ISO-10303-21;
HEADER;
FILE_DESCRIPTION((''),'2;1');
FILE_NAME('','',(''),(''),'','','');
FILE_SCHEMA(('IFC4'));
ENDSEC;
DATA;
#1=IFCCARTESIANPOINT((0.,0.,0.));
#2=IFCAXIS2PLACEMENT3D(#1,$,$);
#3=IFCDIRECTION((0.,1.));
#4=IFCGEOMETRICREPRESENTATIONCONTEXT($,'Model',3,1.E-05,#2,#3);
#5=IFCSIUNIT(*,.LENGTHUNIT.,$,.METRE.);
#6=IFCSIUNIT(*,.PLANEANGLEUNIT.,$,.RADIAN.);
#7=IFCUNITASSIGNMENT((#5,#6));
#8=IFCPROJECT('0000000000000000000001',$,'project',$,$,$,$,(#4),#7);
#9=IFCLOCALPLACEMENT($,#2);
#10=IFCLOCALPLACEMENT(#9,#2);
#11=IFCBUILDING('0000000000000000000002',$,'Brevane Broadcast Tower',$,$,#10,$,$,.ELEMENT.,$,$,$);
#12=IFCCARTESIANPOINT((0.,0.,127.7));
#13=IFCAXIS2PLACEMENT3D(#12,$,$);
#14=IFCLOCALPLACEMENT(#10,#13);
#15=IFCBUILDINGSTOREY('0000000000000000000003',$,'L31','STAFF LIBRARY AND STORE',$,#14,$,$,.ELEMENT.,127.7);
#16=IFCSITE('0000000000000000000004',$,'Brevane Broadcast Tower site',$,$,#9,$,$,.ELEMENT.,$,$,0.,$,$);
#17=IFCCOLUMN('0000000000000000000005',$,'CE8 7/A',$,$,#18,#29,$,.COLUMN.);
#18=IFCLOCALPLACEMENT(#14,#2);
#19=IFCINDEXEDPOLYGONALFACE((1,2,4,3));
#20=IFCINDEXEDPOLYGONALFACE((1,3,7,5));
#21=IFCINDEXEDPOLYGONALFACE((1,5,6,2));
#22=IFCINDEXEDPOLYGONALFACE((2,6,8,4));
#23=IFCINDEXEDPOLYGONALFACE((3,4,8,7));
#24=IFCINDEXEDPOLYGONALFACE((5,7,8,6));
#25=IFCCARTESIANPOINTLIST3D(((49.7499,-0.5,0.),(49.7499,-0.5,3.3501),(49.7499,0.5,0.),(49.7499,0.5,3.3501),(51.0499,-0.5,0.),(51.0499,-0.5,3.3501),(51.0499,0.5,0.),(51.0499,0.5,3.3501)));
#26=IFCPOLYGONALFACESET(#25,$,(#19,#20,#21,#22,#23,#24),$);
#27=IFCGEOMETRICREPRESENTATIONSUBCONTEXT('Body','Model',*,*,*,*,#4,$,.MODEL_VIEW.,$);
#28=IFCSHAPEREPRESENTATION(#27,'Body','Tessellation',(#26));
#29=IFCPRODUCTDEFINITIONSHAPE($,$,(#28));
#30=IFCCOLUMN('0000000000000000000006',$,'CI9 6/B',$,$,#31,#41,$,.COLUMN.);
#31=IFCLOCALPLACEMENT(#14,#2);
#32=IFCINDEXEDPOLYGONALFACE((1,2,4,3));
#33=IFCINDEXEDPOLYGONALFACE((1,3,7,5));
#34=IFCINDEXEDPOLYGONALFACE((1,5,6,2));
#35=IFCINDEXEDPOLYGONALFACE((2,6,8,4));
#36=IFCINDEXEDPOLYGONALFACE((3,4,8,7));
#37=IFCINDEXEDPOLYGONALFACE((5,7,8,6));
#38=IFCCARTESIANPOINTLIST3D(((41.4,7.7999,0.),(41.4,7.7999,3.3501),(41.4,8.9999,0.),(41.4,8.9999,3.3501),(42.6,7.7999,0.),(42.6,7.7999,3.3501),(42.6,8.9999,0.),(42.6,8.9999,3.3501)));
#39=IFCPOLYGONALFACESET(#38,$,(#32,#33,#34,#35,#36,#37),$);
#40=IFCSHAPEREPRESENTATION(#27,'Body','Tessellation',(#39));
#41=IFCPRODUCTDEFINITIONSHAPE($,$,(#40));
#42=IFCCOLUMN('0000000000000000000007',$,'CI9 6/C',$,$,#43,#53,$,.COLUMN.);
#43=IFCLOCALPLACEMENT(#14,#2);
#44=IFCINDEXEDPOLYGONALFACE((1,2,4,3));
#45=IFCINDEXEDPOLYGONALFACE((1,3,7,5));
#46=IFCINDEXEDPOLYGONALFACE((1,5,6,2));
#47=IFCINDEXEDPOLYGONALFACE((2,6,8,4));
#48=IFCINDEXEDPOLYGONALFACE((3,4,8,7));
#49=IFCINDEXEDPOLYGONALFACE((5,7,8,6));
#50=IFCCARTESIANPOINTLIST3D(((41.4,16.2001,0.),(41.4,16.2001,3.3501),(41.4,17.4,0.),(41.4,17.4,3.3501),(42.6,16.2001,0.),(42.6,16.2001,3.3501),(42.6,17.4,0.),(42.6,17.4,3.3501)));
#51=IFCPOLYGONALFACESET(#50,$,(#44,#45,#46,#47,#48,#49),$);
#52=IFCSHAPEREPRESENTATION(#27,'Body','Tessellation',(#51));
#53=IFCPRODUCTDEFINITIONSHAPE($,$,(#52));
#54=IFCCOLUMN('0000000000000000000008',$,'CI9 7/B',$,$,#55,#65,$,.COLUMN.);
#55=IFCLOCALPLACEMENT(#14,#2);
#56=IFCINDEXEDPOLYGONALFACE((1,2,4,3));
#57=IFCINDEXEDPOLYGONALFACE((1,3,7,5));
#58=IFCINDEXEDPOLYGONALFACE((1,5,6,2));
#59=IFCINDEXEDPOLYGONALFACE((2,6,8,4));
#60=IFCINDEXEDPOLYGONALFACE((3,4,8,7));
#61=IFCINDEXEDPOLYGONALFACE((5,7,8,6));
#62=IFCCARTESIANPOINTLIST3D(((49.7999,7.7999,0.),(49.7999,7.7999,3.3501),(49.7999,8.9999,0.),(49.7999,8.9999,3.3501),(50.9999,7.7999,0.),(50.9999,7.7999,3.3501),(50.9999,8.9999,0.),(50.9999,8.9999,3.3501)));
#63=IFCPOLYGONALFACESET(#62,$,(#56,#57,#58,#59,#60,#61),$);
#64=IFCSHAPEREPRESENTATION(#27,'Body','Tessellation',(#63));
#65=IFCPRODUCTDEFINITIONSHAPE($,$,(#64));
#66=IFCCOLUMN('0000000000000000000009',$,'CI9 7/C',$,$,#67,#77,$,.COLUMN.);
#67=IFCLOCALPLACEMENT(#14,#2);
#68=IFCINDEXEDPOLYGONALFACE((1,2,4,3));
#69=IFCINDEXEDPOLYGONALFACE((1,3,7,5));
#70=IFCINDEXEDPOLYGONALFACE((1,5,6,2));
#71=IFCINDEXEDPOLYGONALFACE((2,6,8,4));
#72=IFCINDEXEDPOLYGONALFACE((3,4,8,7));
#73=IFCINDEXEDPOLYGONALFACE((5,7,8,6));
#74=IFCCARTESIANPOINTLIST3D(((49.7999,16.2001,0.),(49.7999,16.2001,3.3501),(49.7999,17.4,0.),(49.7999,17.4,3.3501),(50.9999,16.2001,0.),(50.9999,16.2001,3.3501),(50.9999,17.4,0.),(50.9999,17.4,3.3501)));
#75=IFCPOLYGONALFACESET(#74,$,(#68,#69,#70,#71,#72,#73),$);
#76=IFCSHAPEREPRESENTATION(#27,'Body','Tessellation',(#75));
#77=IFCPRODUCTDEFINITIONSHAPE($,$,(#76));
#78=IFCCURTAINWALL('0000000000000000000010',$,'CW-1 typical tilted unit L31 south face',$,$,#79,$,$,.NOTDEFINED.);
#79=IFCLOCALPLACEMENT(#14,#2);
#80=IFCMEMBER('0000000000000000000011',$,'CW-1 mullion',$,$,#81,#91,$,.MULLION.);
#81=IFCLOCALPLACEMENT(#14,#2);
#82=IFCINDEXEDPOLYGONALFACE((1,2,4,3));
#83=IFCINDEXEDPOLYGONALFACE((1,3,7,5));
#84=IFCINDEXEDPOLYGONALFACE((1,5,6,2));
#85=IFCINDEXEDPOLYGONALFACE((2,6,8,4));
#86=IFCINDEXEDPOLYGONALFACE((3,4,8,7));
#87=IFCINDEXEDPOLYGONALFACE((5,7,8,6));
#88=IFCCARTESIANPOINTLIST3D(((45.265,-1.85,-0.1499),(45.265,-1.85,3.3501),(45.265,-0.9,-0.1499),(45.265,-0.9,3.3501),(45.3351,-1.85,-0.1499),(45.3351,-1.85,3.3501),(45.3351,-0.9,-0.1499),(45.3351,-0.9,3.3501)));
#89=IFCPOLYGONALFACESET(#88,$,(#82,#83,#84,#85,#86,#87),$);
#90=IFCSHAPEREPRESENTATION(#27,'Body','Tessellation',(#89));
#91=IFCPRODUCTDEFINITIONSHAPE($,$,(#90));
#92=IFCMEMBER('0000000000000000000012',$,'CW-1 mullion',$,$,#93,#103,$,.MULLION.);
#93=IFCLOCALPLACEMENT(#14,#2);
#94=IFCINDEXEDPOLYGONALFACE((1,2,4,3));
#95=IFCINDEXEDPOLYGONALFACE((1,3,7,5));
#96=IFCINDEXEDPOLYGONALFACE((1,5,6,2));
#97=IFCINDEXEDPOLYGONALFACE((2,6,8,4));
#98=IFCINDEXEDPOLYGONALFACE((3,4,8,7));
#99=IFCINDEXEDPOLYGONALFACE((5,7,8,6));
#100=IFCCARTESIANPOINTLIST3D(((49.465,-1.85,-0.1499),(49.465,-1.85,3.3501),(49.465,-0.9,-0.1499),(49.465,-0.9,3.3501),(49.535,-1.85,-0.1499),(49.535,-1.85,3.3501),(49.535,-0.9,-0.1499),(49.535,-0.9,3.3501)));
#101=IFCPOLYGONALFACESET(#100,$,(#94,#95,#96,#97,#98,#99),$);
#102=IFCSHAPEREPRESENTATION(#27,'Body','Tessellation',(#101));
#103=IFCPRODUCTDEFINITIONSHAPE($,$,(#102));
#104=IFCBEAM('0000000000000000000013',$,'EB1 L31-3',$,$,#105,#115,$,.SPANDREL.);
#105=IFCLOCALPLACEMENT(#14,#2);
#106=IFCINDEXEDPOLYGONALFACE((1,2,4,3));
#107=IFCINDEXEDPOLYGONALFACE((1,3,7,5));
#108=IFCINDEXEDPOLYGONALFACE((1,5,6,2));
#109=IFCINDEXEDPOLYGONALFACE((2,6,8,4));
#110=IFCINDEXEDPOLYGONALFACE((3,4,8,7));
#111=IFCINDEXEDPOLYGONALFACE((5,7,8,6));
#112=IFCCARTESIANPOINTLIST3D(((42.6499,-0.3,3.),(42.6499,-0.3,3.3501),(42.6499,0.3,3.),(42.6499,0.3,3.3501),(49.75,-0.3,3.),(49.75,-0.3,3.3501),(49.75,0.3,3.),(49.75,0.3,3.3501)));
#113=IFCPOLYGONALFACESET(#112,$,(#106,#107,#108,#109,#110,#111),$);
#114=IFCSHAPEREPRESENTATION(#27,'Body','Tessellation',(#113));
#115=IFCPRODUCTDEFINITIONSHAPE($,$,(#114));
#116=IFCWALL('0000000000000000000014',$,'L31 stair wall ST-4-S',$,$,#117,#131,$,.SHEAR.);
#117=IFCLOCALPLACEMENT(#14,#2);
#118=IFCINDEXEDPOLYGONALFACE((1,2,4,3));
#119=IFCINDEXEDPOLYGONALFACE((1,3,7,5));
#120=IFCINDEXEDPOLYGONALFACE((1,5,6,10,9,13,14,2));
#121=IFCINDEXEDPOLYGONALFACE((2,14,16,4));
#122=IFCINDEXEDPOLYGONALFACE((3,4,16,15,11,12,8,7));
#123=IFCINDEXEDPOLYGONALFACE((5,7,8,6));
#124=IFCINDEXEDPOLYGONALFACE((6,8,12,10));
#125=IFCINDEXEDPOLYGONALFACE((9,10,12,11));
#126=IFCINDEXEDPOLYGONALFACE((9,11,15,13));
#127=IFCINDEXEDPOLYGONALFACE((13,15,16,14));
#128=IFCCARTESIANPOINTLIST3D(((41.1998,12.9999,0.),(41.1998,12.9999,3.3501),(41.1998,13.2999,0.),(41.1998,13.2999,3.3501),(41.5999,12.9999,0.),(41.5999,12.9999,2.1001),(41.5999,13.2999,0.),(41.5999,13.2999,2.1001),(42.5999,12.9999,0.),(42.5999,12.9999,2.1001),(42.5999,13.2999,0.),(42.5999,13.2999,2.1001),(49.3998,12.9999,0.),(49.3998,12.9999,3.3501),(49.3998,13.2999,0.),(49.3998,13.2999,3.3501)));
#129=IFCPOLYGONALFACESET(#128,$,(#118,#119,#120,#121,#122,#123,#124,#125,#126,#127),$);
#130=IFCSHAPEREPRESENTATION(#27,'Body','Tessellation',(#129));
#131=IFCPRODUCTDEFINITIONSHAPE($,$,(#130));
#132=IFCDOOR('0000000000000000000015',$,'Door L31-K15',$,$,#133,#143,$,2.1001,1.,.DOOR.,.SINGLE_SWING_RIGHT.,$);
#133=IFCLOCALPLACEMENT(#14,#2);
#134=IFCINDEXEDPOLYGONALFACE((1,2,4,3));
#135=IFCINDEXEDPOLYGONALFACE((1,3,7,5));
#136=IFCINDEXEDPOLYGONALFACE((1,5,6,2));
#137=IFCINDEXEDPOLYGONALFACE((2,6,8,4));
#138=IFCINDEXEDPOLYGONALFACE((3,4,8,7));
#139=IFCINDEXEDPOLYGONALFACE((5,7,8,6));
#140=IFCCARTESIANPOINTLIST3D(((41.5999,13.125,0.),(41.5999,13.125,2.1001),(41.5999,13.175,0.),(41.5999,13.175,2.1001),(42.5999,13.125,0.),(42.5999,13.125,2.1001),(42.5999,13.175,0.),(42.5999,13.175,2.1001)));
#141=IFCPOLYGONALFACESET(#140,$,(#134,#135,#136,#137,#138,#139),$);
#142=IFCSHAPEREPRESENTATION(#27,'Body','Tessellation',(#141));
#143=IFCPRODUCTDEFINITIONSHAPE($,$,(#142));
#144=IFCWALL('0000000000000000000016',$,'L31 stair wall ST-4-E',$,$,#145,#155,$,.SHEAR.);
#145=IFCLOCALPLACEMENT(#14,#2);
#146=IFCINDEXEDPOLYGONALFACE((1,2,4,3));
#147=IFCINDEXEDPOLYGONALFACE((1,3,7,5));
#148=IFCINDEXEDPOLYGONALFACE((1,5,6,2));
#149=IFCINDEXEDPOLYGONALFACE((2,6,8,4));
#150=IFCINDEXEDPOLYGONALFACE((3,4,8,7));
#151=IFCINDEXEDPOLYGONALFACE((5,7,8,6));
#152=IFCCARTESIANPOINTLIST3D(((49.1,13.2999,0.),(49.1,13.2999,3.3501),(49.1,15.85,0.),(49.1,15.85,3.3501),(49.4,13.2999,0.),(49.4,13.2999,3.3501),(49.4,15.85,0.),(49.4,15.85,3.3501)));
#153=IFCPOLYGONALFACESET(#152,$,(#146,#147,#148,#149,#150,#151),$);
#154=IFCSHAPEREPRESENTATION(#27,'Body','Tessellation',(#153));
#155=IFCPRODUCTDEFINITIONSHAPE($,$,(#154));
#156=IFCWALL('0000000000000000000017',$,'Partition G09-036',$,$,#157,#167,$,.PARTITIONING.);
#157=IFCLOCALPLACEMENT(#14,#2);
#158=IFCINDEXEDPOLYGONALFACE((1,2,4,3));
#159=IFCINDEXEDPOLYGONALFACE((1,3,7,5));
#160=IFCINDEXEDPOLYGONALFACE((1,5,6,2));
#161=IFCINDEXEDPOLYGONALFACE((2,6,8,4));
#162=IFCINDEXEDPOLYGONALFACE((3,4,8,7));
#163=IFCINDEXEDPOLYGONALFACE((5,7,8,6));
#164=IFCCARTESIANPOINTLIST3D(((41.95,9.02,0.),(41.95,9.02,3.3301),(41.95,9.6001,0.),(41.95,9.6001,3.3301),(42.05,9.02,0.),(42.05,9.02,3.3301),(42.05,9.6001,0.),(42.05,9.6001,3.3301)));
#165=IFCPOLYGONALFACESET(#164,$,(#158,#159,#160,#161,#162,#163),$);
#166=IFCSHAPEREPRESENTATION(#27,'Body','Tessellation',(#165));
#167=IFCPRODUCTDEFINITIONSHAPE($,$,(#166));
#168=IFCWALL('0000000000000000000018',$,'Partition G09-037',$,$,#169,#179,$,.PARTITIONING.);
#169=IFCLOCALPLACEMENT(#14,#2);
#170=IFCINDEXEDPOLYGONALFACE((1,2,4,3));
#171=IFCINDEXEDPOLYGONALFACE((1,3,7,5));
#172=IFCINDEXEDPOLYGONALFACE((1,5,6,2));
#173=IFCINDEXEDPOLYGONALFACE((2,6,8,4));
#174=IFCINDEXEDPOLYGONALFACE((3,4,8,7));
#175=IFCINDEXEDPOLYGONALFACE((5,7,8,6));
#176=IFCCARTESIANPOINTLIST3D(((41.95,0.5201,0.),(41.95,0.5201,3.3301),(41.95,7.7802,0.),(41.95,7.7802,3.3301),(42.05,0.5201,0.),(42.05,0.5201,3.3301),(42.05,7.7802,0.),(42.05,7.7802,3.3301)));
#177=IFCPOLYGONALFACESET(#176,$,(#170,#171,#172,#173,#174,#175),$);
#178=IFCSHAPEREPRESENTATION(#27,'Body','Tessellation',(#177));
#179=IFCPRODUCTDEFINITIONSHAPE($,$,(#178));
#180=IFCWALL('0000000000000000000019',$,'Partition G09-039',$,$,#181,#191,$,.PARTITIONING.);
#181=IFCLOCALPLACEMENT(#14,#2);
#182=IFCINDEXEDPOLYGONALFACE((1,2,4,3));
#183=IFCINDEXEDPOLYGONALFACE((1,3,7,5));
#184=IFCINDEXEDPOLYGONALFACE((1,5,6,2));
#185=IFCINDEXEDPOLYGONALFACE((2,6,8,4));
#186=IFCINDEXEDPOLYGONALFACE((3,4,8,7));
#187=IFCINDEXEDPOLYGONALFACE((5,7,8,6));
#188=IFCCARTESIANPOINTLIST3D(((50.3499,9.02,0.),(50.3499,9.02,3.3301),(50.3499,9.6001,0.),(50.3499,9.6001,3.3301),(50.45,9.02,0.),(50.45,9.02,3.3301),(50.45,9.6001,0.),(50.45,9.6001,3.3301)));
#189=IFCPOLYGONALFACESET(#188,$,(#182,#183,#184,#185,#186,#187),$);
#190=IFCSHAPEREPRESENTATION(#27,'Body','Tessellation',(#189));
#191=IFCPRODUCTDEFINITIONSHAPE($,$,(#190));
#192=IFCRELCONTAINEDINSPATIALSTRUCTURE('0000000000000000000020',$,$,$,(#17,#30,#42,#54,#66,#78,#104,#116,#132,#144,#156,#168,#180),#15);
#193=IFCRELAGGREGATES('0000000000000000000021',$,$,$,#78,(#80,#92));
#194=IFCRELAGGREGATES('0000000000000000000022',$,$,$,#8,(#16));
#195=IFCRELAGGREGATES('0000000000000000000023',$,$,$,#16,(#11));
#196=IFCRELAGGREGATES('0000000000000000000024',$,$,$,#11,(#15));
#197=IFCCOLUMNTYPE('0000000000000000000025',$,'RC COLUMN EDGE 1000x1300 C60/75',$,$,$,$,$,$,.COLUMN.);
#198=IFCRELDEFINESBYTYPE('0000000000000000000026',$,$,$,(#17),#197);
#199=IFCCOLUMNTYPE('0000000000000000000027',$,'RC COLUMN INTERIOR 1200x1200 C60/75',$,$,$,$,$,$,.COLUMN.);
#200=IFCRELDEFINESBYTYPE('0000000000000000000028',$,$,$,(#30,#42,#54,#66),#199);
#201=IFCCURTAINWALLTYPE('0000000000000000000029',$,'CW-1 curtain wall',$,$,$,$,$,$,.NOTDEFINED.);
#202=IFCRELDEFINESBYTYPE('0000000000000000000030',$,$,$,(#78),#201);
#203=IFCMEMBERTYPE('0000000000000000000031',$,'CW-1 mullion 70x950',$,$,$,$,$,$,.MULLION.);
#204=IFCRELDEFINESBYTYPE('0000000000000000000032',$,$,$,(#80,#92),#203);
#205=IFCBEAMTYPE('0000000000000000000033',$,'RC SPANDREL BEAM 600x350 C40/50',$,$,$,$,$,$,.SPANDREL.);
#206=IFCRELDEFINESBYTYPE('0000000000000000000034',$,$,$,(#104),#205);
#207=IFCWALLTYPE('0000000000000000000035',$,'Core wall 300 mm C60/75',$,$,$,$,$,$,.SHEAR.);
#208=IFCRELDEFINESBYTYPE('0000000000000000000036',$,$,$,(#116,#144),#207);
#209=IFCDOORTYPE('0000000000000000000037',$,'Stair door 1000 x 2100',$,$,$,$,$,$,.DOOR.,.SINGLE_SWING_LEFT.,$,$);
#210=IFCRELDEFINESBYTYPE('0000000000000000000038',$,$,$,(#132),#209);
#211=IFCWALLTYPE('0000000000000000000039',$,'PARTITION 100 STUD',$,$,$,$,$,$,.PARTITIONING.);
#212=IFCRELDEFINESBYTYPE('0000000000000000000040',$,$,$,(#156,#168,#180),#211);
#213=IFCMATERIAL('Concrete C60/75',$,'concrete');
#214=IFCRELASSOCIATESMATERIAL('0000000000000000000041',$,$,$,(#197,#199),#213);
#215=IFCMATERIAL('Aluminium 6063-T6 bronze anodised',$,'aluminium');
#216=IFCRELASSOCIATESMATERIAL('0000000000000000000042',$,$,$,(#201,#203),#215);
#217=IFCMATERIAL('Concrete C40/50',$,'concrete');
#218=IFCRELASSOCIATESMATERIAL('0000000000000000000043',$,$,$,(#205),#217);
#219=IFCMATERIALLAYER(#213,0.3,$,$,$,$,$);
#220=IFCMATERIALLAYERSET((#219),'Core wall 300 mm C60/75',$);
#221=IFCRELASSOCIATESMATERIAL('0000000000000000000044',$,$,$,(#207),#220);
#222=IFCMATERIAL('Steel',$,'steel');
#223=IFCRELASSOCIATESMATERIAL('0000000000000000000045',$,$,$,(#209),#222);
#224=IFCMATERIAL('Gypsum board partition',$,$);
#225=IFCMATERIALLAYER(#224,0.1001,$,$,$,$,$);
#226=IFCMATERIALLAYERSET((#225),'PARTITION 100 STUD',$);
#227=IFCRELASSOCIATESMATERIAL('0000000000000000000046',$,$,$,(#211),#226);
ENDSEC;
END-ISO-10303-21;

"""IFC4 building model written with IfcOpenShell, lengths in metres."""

from ifc_helpers import new_model, si_unit, direction, frame, frame_2d, origin, origin_2d, place, context, subcontext, project, spatial, rectangle, extrude, material, layer, layer_set, material_profile, profile_set, type_object, element, fill, aggregate, save


model = new_model("IFC4")

# Units and contexts
model_context = context("Model", 3, precision=1e-05, world=origin(), true_north=direction((0.0, 1.0)))
body_context = subcontext(model_context, "Body", "Model", "MODEL_VIEW")
ifc_project = project(units=[si_unit("LENGTHUNIT", "METRE"), si_unit("PLANEANGLEUNIT", "RADIAN")], contexts=[model_context])

# Site, building, storey
site_placement = place(None, origin())
site = spatial("IfcSite", under=ifc_project, at=site_placement, Name="Brevane Broadcast Tower site", CompositionType="ELEMENT", RefElevation=0.0)
building_placement = place(site_placement, origin())
building = spatial("IfcBuilding", under=site, at=building_placement, Name="Brevane Broadcast Tower", CompositionType="ELEMENT")
storey_placement = place(building_placement, frame((0.0, 0.0, 127.7)))
storey = spatial("IfcBuildingStorey", under=building, at=storey_placement, Name="L31", Description="STAFF LIBRARY AND STORE", CompositionType="ELEMENT", Elevation=127.7)

# Columns
ifc_material_1 = material(Name="Concrete C60/75", Category="concrete")
ifc_material_profile_1 = material_profile(ifc_material_1, rectangle(XDim=1.0, YDim=1.3, at=origin_2d()), Name="RC 1000x1300")
ifc_profile_set_1 = profile_set([ifc_material_profile_1], Name="Concrete C60/75")
column_type_1 = type_object("IfcColumnType", Name="RC COLUMN EDGE 1000x1300 C60/75", PredefinedType="COLUMN", material=ifc_profile_set_1)
column_placement = place(storey_placement, frame((50.3999, 0.0, 0.0), z_axis=(0.0, 0.0, 1.0), x_axis=(0.0, 1.0, 0.0)))
element("IfcColumn", 1, at=column_placement, inside=storey, type_object=column_type_1, Name="CE8 7/A", PredefinedType="COLUMN", context=body_context, shape_type="SweptSolid", body=[
    extrude(rectangle(XDim=1.0, YDim=1.3, at=origin_2d()), origin(), (0.0, 0.0, 1.0), 3.3501),
])
ifc_material_profile_2 = material_profile(ifc_material_1, rectangle(XDim=1.2, YDim=1.2, at=origin_2d()), Name="RC 1200x1200")
ifc_profile_set_2 = profile_set([ifc_material_profile_2], Name="Concrete C60/75")
column_type_2 = type_object("IfcColumnType", Name="RC COLUMN INTERIOR 1200x1200 C60/75", PredefinedType="COLUMN", material=ifc_profile_set_2)
for number, where, z_axis, x_axis, name in (
    (2, (42.0, 8.3999, 0.0), (0.0, 0.0, 1.0), (1.0, 0.0, 0.0), "CI9 6/B"),
    (3, (42.0, 16.8, 0.0), (0.0, 0.0, 1.0), (1.0, 0.0, 0.0), "CI9 6/C"),
    (4, (50.3999, 8.3999, 0.0), (0.0, 0.0, 1.0), (1.0, 0.0, 0.0), "CI9 7/B"),
    (5, (50.3999, 16.8, 0.0), (0.0, 0.0, 1.0), (1.0, 0.0, 0.0), "CI9 7/C"),
):
    element("IfcColumn", number, at=place(storey_placement, frame(where, z_axis=z_axis, x_axis=x_axis)), inside=storey, type_object=column_type_2, Name=name, PredefinedType="COLUMN", context=body_context, shape_type="SweptSolid", body=[
        extrude(rectangle(XDim=1.2, YDim=1.2, at=origin_2d()), origin(), (0.0, 0.0, 1.0), 3.3501),
    ])

# Curtain wall, members
ifc_material_2 = material(Name="Aluminium 6063-T6 bronze anodised", Category="aluminium")
curtain_wall_type = type_object("IfcCurtainWallType", Name="CW-1 curtain wall", PredefinedType="NOTDEFINED", material=ifc_material_2)
curtain_wall_placement = place(storey_placement, origin())
curtain_wall = element("IfcCurtainWall", 6, at=curtain_wall_placement, inside=storey, type_object=curtain_wall_type, Name="CW-1 typical tilted unit L31 south face", PredefinedType="NOTDEFINED")
ifc_material_profile_3 = material_profile(ifc_material_2, rectangle(XDim=0.95, YDim=0.0701, at=origin_2d()), Name="RECT 70x950")
ifc_profile_set_3 = profile_set([ifc_material_profile_3], Name="Aluminium 6063-T6 bronze anodised")
member_type = type_object("IfcMemberType", Name="CW-1 mullion 70x950", PredefinedType="MULLION", material=ifc_profile_set_3)
member_1_placement = place(storey_placement, frame((45.3, -1.375, -0.1499), z_axis=(0.0, 0.0, 1.0), x_axis=(0.0, 1.0, 0.0)))
member_1 = element("IfcMember", 7, at=member_1_placement, type_object=member_type, Name="CW-1 mullion", PredefinedType="MULLION", context=body_context, shape_type="SweptSolid", body=[
    extrude(rectangle(XDim=0.95, YDim=0.0701, at=origin_2d()), origin(), (0.0, 0.0, 1.0), 3.5),
])
member_2_placement = place(storey_placement, frame((49.5, -1.375, -0.1499), z_axis=(0.0, 0.0, 1.0), x_axis=(0.0, 1.0, 0.0)))
member_2 = element("IfcMember", 8, at=member_2_placement, type_object=member_type, Name="CW-1 mullion", PredefinedType="MULLION", context=body_context, shape_type="SweptSolid", body=[
    extrude(rectangle(XDim=0.95, YDim=0.0701, at=origin_2d()), origin(), (0.0, 0.0, 1.0), 3.5),
])
aggregate(curtain_wall, [member_1, member_2])

# Beam
ifc_material_3 = material(Name="Concrete C40/50", Category="concrete")
ifc_material_profile_4 = material_profile(ifc_material_3, rectangle(XDim=0.6001, YDim=0.3501, at=origin_2d()), Name="RC 600x350")
ifc_profile_set_4 = profile_set([ifc_material_profile_4], Name="Concrete C40/50")
beam_type = type_object("IfcBeamType", Name="RC SPANDREL BEAM 600x350 C40/50", PredefinedType="SPANDREL", material=ifc_profile_set_4)
beam_placement = place(storey_placement, frame((42.6499, 0.0, 3.175), z_axis=(1.0, 0.0, 0.0), x_axis=(0.0, 1.0, 0.0)))
element("IfcBeam", 9, at=beam_placement, inside=storey, type_object=beam_type, Name="EB1 L31-3", PredefinedType="SPANDREL", context=body_context, shape_type="SweptSolid", body=[
    extrude(rectangle(XDim=0.6001, YDim=0.3501, at=origin_2d()), origin(), (0.0, 0.0, 1.0), 7.1001),
])

# Wall, opening, door
ifc_layer_1 = layer(ifc_material_1, 0.3)
ifc_layer_set_1 = layer_set([ifc_layer_1], Name="Core wall 300 mm C60/75")
wall_type_1 = type_object("IfcWallType", Name="Core wall 300 mm C60/75", PredefinedType="SHEAR", material=ifc_layer_set_1)
wall_1_placement = place(storey_placement, frame((49.3999, 13.1499, 0.0), z_axis=(0.0, 0.0, 1.0), x_axis=(-1.0, 0.0, 0.0)))
wall_1 = element("IfcWall", 10, at=wall_1_placement, inside=storey, type_object=wall_type_1, Name="L31 stair wall ST-4-S", PredefinedType="SHEAR", context=body_context, shape_type="SweptSolid", body=[
    extrude(rectangle(XDim=8.2, YDim=0.3, at=frame_2d((4.1001, 0.0))), origin(), (0.0, 0.0, 1.0), 3.3501),
])
opening_1_placement = place(wall_1_placement, frame((6.8, 0.0, 0.0)))
opening_1 = element("IfcOpeningElement", 11, at=opening_1_placement, cuts=wall_1, PredefinedType="OPENING", context=body_context, shape_type="SweptSolid", body=[
    extrude(rectangle(XDim=1.0, YDim=2.1001, at=frame_2d((0.5, 1.05))), frame((0.0, 0.1599, 0.0), z_axis=(0.0, -1.0, 0.0), x_axis=(1.0, 0.0, 0.0)), (0.0, 0.0, 1.0), 0.3201),
])
ifc_material_4 = material(Name="Steel", Category="steel")
door_type_1 = type_object("IfcDoorType", Name="Stair door 1000 x 2100", OperationType="SINGLE_SWING_LEFT", PredefinedType="DOOR", material=ifc_material_4)
door_1_placement = place(opening_1_placement, origin())
door_1 = element("IfcDoor", 12, at=door_1_placement, inside=storey, type_object=door_type_1, Name="Door L31-K15", OperationType="SINGLE_SWING_RIGHT", OverallHeight=2.1001, OverallWidth=1.0, PredefinedType="DOOR", context=body_context, shape_type="SweptSolid", body=[
    extrude(rectangle(XDim=1.0, YDim=2.1001, at=frame_2d((0.5, 1.05))), frame((0.0, 0.0249, 0.0), z_axis=(0.0, -1.0, 0.0), x_axis=(1.0, 0.0, 0.0)), (0.0, 0.0, 1.0), 0.05),
])
fill(opening_1, door_1)

# Walls
wall_2_placement = place(storey_placement, frame((49.25, 13.3, 0.0), z_axis=(0.0, 0.0, 1.0), x_axis=(0.0, 1.0, 0.0)))
element("IfcWall", 13, at=wall_2_placement, inside=storey, type_object=wall_type_1, Name="L31 stair wall ST-4-E", PredefinedType="SHEAR", context=body_context, shape_type="SweptSolid", body=[
    extrude(rectangle(XDim=2.55, YDim=0.3, at=frame_2d((1.2749, 0.0))), origin(), (0.0, 0.0, 1.0), 3.3501),
])
ifc_material_5 = material(Name="Gypsum board partition")
ifc_layer_2 = layer(ifc_material_5, 0.1001)
ifc_layer_set_2 = layer_set([ifc_layer_2], Name="PARTITION 100 STUD")
wall_type_2 = type_object("IfcWallType", Name="PARTITION 100 STUD", PredefinedType="PARTITIONING", material=ifc_layer_set_2)
wall_3_placement = place(storey_placement, frame((42.0, 9.6001, 0.0), z_axis=(0.0, 0.0, 1.0), x_axis=(0.0, -1.0, 0.0)))
element("IfcWall", 14, at=wall_3_placement, inside=storey, type_object=wall_type_2, Name="Partition G09-036", PredefinedType="PARTITIONING", context=body_context, shape_type="SweptSolid", body=[
    extrude(rectangle(XDim=0.5801, YDim=0.1001, at=frame_2d((0.29, 0.0))), origin(), (0.0, 0.0, 1.0), 3.3301),
])
wall_4_placement = place(storey_placement, frame((42.0, 7.78, 0.0), z_axis=(0.0, 0.0, 1.0), x_axis=(0.0, -1.0, 0.0)))
element("IfcWall", 15, at=wall_4_placement, inside=storey, type_object=wall_type_2, Name="Partition G09-037", PredefinedType="PARTITIONING", context=body_context, shape_type="SweptSolid", body=[
    extrude(rectangle(XDim=7.26, YDim=0.1001, at=frame_2d((3.6299, 0.0))), origin(), (0.0, 0.0, 1.0), 3.3301),
])
wall_5_placement = place(storey_placement, frame((50.3999, 9.6001, 0.0), z_axis=(0.0, 0.0, 1.0), x_axis=(0.0, -1.0, 0.0)))
element("IfcWall", 16, at=wall_5_placement, inside=storey, type_object=wall_type_2, Name="Partition G09-039", PredefinedType="PARTITIONING", context=body_context, shape_type="SweptSolid", body=[
    extrude(rectangle(XDim=0.5801, YDim=0.1001, at=frame_2d((0.29, 0.0))), origin(), (0.0, 0.0, 1.0), 3.3301),
])

save(model, "model.ifc")
